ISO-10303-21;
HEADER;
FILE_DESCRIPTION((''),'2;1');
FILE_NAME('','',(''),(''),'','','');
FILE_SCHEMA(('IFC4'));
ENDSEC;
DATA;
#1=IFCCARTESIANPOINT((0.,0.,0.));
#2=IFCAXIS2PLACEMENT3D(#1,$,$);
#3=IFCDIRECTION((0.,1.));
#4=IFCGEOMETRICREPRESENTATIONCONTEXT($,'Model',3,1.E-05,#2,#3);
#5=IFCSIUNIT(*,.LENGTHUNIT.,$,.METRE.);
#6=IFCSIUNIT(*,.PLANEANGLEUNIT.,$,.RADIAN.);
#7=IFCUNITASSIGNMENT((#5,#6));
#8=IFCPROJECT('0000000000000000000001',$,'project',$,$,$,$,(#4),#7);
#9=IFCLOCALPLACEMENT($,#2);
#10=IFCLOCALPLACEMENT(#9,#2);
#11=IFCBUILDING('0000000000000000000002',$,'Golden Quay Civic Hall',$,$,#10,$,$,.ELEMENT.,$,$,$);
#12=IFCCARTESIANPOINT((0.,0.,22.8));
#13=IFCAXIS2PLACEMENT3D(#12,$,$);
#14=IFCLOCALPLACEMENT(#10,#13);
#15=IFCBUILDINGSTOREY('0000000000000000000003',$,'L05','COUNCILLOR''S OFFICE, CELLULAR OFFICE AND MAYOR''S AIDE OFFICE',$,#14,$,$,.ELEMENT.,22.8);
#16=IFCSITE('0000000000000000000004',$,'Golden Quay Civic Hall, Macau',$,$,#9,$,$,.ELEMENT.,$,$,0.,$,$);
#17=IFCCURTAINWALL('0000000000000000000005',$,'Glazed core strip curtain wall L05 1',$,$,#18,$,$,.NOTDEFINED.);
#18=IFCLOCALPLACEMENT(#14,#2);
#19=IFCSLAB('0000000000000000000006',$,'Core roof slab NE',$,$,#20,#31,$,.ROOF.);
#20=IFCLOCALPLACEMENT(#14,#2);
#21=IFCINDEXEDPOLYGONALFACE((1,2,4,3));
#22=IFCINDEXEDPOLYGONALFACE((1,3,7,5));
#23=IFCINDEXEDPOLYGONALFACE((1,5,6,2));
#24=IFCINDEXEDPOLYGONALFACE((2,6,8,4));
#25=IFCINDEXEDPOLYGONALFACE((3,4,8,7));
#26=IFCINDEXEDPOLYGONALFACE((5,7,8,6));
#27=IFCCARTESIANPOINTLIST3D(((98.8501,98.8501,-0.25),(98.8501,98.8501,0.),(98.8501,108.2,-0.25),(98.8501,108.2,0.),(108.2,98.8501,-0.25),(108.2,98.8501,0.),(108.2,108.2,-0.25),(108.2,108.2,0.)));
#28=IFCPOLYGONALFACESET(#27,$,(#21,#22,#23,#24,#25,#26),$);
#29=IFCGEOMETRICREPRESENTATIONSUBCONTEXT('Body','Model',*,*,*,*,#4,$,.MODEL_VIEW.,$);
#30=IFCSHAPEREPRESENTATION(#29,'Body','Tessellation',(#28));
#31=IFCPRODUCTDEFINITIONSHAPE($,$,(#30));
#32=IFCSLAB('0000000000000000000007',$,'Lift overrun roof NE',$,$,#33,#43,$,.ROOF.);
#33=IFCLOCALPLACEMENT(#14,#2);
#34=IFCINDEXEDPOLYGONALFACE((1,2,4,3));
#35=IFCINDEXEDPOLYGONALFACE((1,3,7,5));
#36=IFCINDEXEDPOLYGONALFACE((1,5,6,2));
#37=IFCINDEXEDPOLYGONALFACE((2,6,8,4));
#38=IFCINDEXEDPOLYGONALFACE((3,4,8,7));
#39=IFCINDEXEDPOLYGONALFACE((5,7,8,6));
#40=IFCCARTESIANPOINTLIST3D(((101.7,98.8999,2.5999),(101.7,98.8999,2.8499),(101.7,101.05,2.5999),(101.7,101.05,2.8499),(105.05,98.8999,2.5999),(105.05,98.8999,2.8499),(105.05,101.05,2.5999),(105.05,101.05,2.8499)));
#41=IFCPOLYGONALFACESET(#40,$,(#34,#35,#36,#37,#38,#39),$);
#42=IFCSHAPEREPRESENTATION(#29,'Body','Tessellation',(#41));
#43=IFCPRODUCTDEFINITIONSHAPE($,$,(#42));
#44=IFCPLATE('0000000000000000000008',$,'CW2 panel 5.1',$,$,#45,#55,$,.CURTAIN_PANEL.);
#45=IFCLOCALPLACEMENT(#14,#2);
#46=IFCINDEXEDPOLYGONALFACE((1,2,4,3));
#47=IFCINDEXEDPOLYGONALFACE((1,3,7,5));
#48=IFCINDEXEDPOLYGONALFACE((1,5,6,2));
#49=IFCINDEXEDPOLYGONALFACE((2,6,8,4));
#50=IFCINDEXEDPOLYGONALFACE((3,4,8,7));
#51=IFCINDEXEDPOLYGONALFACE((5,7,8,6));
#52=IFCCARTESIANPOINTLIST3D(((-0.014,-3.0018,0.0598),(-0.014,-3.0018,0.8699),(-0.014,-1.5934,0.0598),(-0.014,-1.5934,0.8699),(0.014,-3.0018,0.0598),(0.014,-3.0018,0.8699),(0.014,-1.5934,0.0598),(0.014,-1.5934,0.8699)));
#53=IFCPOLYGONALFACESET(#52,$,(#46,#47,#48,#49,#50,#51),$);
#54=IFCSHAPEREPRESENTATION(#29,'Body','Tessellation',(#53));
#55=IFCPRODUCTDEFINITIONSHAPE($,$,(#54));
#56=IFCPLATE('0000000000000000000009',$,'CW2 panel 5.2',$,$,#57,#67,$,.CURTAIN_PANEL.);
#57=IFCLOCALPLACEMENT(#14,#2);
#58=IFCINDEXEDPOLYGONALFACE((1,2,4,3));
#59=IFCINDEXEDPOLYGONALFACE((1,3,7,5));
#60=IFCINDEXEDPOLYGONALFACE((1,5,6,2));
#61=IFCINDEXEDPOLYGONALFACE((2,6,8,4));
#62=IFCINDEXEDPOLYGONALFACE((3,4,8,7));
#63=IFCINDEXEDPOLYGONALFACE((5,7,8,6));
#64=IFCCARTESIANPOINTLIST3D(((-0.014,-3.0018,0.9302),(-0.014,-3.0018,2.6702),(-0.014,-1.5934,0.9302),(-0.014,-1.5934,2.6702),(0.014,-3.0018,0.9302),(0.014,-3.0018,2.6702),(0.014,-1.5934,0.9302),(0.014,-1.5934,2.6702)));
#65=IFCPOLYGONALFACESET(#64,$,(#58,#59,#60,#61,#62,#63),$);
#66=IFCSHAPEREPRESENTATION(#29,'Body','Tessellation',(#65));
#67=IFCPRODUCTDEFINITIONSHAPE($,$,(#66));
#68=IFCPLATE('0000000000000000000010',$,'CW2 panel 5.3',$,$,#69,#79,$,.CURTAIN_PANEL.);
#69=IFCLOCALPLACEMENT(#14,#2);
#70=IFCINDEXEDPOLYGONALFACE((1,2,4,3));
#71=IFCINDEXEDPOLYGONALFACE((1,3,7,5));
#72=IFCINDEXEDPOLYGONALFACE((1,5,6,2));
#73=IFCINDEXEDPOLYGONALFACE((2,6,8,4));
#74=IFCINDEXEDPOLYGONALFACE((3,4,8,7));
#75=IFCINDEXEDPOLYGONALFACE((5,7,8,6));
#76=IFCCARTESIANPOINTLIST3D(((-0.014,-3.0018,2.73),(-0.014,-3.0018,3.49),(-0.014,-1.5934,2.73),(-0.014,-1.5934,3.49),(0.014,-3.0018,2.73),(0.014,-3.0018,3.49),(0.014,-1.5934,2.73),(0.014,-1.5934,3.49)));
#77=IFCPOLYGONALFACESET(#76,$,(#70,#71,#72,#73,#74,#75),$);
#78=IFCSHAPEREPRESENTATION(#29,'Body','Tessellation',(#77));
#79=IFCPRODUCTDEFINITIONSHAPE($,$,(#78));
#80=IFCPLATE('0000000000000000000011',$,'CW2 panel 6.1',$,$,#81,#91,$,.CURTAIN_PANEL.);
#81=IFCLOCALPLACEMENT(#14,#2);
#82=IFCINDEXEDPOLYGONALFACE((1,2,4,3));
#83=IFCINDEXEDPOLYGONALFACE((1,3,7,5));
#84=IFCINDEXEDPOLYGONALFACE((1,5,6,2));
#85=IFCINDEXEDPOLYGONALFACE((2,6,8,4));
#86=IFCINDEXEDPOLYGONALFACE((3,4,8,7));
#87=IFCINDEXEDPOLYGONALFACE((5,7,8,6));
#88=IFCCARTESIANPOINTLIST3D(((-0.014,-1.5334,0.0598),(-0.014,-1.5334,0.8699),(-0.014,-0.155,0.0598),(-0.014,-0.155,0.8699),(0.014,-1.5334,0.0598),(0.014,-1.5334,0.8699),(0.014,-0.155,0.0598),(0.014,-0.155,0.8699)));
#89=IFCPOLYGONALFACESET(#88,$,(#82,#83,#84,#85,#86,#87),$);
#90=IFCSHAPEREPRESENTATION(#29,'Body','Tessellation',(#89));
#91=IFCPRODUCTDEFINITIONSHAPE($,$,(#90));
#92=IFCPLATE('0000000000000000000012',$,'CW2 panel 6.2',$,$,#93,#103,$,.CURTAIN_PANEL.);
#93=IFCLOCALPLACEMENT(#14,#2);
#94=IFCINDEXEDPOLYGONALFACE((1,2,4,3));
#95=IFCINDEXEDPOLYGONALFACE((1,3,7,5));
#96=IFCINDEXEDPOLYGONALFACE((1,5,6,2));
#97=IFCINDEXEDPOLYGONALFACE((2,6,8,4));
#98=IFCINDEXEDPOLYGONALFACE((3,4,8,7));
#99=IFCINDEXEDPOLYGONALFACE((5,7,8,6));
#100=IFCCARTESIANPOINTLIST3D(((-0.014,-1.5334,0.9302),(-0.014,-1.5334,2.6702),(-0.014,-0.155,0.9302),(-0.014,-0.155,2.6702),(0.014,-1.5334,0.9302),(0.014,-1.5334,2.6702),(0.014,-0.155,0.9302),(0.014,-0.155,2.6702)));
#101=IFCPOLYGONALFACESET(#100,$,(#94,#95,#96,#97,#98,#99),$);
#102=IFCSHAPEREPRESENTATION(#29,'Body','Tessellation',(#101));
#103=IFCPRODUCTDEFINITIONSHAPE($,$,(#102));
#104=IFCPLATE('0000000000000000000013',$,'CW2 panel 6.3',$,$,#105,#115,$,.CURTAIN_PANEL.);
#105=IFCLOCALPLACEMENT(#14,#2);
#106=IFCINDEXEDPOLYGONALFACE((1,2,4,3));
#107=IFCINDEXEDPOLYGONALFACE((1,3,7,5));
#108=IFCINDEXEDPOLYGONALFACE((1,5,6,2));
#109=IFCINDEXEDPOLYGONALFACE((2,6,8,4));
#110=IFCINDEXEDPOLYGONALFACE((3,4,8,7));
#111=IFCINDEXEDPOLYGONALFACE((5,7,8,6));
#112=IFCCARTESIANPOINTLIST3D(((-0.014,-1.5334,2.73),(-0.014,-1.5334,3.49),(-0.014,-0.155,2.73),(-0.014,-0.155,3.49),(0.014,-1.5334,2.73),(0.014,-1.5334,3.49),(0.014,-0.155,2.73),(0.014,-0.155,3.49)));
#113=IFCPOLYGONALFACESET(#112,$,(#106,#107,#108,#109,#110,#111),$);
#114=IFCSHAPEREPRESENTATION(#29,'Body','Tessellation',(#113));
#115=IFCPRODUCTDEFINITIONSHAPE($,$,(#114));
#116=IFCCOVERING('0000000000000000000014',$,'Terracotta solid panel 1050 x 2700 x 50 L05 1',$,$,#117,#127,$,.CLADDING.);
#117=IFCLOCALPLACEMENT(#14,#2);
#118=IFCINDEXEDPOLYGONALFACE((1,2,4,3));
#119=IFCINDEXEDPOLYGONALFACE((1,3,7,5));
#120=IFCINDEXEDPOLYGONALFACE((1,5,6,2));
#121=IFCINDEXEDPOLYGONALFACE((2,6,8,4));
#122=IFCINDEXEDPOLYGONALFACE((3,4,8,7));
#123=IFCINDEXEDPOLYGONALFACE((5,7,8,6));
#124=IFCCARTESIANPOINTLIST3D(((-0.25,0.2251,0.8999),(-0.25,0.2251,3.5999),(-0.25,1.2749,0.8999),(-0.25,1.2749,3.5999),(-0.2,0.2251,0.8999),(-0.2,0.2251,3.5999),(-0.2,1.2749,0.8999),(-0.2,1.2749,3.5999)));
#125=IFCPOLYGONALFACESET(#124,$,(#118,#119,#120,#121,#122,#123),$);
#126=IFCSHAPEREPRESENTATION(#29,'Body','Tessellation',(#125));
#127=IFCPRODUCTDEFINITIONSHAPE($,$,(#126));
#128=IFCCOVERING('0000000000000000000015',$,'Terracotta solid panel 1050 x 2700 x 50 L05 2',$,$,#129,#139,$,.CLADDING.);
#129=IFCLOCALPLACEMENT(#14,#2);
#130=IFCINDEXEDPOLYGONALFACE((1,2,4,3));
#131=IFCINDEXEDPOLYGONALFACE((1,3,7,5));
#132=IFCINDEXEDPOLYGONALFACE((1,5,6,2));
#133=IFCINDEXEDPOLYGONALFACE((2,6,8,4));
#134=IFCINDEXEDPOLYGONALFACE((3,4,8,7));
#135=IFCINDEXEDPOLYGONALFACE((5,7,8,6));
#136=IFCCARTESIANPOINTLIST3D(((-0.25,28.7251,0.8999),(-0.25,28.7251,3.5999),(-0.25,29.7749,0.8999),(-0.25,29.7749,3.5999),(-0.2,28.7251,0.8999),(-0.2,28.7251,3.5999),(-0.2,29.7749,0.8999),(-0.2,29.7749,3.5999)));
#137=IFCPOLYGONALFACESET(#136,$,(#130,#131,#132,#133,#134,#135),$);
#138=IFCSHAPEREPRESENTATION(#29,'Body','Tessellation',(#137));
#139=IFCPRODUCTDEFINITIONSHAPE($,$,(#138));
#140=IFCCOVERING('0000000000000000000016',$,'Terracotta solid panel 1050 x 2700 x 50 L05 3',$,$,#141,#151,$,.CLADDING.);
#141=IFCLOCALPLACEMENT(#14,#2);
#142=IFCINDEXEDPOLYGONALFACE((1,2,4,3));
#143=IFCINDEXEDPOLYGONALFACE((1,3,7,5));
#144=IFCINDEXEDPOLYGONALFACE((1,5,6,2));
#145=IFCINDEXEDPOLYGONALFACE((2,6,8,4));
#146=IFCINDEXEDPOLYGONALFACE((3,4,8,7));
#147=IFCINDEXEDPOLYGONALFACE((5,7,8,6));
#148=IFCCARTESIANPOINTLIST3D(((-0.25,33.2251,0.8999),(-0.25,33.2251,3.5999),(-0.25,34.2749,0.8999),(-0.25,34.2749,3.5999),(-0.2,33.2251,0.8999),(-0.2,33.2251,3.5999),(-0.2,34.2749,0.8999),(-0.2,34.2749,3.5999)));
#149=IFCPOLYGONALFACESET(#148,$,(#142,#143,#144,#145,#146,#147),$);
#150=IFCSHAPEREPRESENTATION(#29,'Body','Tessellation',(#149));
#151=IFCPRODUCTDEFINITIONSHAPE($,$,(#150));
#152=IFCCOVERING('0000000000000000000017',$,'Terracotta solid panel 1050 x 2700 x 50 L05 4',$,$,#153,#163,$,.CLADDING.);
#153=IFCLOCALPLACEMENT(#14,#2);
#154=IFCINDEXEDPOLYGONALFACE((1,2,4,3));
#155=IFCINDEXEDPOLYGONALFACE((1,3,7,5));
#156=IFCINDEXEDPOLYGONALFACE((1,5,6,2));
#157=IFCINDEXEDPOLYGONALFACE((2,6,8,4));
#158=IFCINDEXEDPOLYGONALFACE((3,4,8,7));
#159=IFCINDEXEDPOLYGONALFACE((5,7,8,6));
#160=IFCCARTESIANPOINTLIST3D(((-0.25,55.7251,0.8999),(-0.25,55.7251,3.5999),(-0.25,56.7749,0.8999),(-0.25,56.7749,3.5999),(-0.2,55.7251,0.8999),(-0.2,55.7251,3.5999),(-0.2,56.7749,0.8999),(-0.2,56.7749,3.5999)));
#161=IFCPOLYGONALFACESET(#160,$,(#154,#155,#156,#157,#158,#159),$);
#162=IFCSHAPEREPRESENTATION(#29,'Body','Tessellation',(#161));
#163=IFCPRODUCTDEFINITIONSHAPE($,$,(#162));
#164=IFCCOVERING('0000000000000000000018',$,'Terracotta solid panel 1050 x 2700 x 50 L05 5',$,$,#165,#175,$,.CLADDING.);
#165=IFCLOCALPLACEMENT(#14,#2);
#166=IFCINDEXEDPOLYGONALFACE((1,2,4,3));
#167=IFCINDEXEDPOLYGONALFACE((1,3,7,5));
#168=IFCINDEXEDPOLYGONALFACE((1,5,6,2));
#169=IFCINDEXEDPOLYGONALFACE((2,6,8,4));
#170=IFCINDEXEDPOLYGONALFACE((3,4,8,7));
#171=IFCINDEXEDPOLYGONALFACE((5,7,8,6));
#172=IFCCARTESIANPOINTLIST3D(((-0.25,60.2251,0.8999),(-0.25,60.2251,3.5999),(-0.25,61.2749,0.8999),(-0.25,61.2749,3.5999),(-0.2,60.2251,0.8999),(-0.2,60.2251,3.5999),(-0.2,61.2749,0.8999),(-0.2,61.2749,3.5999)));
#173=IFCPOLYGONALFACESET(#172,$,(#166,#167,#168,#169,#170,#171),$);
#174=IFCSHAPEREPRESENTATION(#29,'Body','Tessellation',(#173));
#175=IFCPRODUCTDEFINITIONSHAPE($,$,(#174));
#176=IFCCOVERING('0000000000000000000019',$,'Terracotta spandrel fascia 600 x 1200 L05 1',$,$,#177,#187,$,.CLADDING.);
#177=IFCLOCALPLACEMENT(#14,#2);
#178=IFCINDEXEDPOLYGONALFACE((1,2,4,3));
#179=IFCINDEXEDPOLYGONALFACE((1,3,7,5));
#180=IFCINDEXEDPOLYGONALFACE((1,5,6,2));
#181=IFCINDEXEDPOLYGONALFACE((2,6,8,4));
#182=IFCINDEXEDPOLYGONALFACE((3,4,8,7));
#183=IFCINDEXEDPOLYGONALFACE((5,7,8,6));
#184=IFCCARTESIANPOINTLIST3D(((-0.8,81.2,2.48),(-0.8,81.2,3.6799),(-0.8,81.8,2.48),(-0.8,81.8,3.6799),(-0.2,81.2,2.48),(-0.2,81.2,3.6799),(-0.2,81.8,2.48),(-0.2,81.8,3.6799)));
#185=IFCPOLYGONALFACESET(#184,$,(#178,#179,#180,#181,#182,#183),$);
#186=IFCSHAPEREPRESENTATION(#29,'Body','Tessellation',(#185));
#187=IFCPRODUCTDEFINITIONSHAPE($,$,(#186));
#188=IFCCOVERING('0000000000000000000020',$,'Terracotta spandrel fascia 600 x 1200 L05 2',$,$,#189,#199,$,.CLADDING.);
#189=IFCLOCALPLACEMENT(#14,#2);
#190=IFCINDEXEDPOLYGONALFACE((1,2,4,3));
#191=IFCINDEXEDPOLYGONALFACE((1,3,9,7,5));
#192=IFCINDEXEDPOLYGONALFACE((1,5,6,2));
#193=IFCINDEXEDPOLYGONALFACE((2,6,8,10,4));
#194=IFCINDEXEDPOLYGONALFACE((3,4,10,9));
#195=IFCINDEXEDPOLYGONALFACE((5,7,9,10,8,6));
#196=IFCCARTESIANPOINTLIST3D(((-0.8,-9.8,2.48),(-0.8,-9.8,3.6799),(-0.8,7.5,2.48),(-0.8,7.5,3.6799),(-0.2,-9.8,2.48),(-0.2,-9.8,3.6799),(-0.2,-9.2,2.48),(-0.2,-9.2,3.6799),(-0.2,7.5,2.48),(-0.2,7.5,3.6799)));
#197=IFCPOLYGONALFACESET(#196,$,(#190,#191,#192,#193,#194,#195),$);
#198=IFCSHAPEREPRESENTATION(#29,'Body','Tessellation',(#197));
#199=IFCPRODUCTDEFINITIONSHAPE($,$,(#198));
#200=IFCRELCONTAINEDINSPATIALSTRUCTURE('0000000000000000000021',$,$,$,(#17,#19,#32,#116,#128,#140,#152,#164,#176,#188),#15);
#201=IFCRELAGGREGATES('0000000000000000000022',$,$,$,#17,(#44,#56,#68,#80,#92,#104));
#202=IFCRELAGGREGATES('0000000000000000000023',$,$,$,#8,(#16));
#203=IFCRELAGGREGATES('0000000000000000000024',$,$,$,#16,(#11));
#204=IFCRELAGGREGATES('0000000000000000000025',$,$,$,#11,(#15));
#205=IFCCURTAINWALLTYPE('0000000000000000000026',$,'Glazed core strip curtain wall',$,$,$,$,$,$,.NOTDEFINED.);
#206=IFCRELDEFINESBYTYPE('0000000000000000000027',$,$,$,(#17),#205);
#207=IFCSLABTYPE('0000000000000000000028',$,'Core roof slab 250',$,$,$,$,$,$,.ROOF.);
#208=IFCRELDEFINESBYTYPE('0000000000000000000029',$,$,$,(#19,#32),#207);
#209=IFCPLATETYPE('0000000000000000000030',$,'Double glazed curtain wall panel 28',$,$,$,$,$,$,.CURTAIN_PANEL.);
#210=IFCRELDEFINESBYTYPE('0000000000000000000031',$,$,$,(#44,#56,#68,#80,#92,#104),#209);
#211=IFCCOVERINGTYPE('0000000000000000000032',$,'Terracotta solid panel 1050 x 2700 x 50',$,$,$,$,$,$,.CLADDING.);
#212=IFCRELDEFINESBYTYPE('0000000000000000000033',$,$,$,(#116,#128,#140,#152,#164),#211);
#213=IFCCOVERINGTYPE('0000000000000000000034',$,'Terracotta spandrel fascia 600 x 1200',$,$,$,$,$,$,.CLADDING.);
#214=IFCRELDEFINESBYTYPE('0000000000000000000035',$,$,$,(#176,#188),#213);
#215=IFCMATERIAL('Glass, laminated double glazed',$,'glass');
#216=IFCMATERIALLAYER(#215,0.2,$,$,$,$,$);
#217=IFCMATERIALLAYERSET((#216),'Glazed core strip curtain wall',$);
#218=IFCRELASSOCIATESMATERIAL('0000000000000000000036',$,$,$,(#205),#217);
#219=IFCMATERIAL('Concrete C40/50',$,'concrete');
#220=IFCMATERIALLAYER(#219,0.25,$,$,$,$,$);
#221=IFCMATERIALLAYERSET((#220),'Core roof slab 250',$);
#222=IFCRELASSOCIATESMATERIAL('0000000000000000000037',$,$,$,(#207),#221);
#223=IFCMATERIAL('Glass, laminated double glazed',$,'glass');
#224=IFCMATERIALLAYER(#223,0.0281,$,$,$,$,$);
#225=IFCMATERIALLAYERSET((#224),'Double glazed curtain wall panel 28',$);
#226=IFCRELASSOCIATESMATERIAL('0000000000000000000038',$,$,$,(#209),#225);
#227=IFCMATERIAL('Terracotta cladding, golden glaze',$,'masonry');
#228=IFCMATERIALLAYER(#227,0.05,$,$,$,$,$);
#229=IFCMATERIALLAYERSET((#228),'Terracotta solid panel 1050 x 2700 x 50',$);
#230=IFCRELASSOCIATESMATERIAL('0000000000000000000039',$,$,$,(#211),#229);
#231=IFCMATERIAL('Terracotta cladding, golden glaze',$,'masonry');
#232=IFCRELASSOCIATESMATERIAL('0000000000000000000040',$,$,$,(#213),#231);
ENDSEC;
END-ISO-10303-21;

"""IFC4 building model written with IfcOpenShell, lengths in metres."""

from ifc_helpers import new_model, si_unit, direction, frame, origin, origin_2d, place, context, subcontext, project, spatial, polyline, rectangle, outline, extrude, material, layer, layer_set, type_object, element, aggregate, save


model = new_model("IFC4")

# Units and contexts
model_context = context("Model", 3, precision=1e-05, world=origin(), true_north=direction((0.0, 1.0)))
body_context = subcontext(model_context, "Body", "Model", "MODEL_VIEW")
ifc_project = project(units=[si_unit("LENGTHUNIT", "METRE"), si_unit("PLANEANGLEUNIT", "RADIAN")], contexts=[model_context])

# Site, building, storey
site_placement = place(None, origin())
site = spatial("IfcSite", under=ifc_project, at=site_placement, Name="Golden Quay Civic Hall, Macau", CompositionType="ELEMENT", RefElevation=0.0)
building_placement = place(site_placement, origin())
building = spatial("IfcBuilding", under=site, at=building_placement, Name="Golden Quay Civic Hall", CompositionType="ELEMENT")
storey_placement = place(building_placement, frame((0.0, 0.0, 22.8)))
storey = spatial("IfcBuildingStorey", under=building, at=storey_placement, Name="L05", Description="COUNCILLOR'S OFFICE, CELLULAR OFFICE AND MAYOR'S AIDE OFFICE", CompositionType="ELEMENT", Elevation=22.8)

# Curtain wall
ifc_material_1 = material(Name="Glass, laminated double glazed", Category="glass")
ifc_layer_1 = layer(ifc_material_1, 0.2)
ifc_layer_set_1 = layer_set([ifc_layer_1], Name="Glazed core strip curtain wall")
curtain_wall_type = type_object("IfcCurtainWallType", Name="Glazed core strip curtain wall", PredefinedType="NOTDEFINED", material=ifc_layer_set_1)
curtain_wall_placement = place(storey_placement, origin())
curtain_wall = element("IfcCurtainWall", 1, at=curtain_wall_placement, inside=storey, type_object=curtain_wall_type, Name="Glazed core strip curtain wall L05 1", PredefinedType="NOTDEFINED")

# Slabs
ifc_material_2 = material(Name="Concrete C40/50", Category="concrete")
ifc_layer_2 = layer(ifc_material_2, 0.25)
ifc_layer_set_2 = layer_set([ifc_layer_2], Name="Core roof slab 250")
slab_type_1 = type_object("IfcSlabType", Name="Core roof slab 250", PredefinedType="ROOF", material=ifc_layer_set_2)
slab_1_placement = place(storey_placement, frame((0.0, 0.0, -0.25)))
element("IfcSlab", 2, at=slab_1_placement, inside=storey, type_object=slab_type_1, Name="Core roof slab NE", PredefinedType="ROOF", context=body_context, shape_type="SweptSolid", body=[
    extrude(outline(polyline([(98.8501, 98.8501), (108.2, 98.8501), (108.2, 108.2), (98.8501, 108.2), (98.8501, 98.8501)])), origin(), (0.0, 0.0, 1.0), 0.25),
])
slab_2_placement = place(storey_placement, frame((0.0, 0.0, 2.5999)))
element("IfcSlab", 3, at=slab_2_placement, inside=storey, type_object=slab_type_1, Name="Lift overrun roof NE", PredefinedType="ROOF", context=body_context, shape_type="SweptSolid", body=[
    extrude(outline(polyline([(101.7, 98.8999), (105.05, 98.8999), (105.05, 101.05), (101.7, 101.05), (101.7, 98.8999)])), origin(), (0.0, 0.0, 1.0), 0.25),
])

# Plates
ifc_material_3 = material(Name="Glass, laminated double glazed", Category="glass")
ifc_layer_3 = layer(ifc_material_3, 0.0281)
ifc_layer_set_3 = layer_set([ifc_layer_3], Name="Double glazed curtain wall panel 28")
plate_type = type_object("IfcPlateType", Name="Double glazed curtain wall panel 28", PredefinedType="CURTAIN_PANEL", material=ifc_layer_set_3)
plate_1_placement = place(storey_placement, frame((0.0, -2.2976, 0.0598), z_axis=(0.0, 0.0, 1.0), x_axis=(0.0, 1.0, 0.0)))
plate_1 = element("IfcPlate", 4, at=plate_1_placement, type_object=plate_type, Name="CW2 panel 5.1", PredefinedType="CURTAIN_PANEL", context=body_context, shape_type="SweptSolid", body=[
    extrude(rectangle(XDim=1.4084, YDim=0.0281, at=origin_2d()), origin(), (0.0, 0.0, 1.0), 0.8101),
])
plate_2_placement = place(storey_placement, frame((0.0, -2.2976, 0.9302), z_axis=(0.0, 0.0, 1.0), x_axis=(0.0, 1.0, 0.0)))
plate_2 = element("IfcPlate", 5, at=plate_2_placement, type_object=plate_type, Name="CW2 panel 5.2", PredefinedType="CURTAIN_PANEL", context=body_context, shape_type="SweptSolid", body=[
    extrude(rectangle(XDim=1.4084, YDim=0.0281, at=origin_2d()), origin(), (0.0, 0.0, 1.0), 1.74),
])
plate_3_placement = place(storey_placement, frame((0.0, -2.2976, 2.73), z_axis=(0.0, 0.0, 1.0), x_axis=(0.0, 1.0, 0.0)))
plate_3 = element("IfcPlate", 6, at=plate_3_placement, type_object=plate_type, Name="CW2 panel 5.3", PredefinedType="CURTAIN_PANEL", context=body_context, shape_type="SweptSolid", body=[
    extrude(rectangle(XDim=1.4084, YDim=0.0281, at=origin_2d()), origin(), (0.0, 0.0, 1.0), 0.76),
])
plate_4_placement = place(storey_placement, frame((0.0, -0.8442, 0.0598), z_axis=(0.0, 0.0, 1.0), x_axis=(0.0, 1.0, 0.0)))
plate_4 = element("IfcPlate", 7, at=plate_4_placement, type_object=plate_type, Name="CW2 panel 6.1", PredefinedType="CURTAIN_PANEL", context=body_context, shape_type="SweptSolid", body=[
    extrude(rectangle(XDim=1.3784, YDim=0.0281, at=origin_2d()), origin(), (0.0, 0.0, 1.0), 0.8101),
])
plate_5_placement = place(storey_placement, frame((0.0, -0.8442, 0.9302), z_axis=(0.0, 0.0, 1.0), x_axis=(0.0, 1.0, 0.0)))
plate_5 = element("IfcPlate", 8, at=plate_5_placement, type_object=plate_type, Name="CW2 panel 6.2", PredefinedType="CURTAIN_PANEL", context=body_context, shape_type="SweptSolid", body=[
    extrude(rectangle(XDim=1.3784, YDim=0.0281, at=origin_2d()), origin(), (0.0, 0.0, 1.0), 1.74),
])
plate_6_placement = place(storey_placement, frame((0.0, -0.8442, 2.73), z_axis=(0.0, 0.0, 1.0), x_axis=(0.0, 1.0, 0.0)))
plate_6 = element("IfcPlate", 9, at=plate_6_placement, type_object=plate_type, Name="CW2 panel 6.3", PredefinedType="CURTAIN_PANEL", context=body_context, shape_type="SweptSolid", body=[
    extrude(rectangle(XDim=1.3784, YDim=0.0281, at=origin_2d()), origin(), (0.0, 0.0, 1.0), 0.76),
])
aggregate(curtain_wall, [plate_1, plate_2, plate_3, plate_4, plate_5, plate_6])

# Coverings
ifc_material_4 = material(Name="Terracotta cladding, golden glaze", Category="masonry")
ifc_layer_4 = layer(ifc_material_4, 0.05)
ifc_layer_set_4 = layer_set([ifc_layer_4], Name="Terracotta solid panel 1050 x 2700 x 50")
covering_type_1 = type_object("IfcCoveringType", Name="Terracotta solid panel 1050 x 2700 x 50", PredefinedType="CLADDING", material=ifc_layer_set_4)
covering_1_placement = place(storey_placement, frame((0.0, 0.0, 0.8999)))
element("IfcCovering", 10, at=covering_1_placement, inside=storey, type_object=covering_type_1, Name="Terracotta solid panel 1050 x 2700 x 50 L05 1", PredefinedType="CLADDING", context=body_context, shape_type="SweptSolid", body=[
    extrude(outline(polyline([(-0.2, 0.2251), (-0.2, 1.2749), (-0.25, 1.2749), (-0.25, 0.2251), (-0.2, 0.2251)])), origin(), (0.0, 0.0, 1.0), 2.7),
])
covering_2_placement = place(storey_placement, frame((0.0, 0.0, 0.8999)))
element("IfcCovering", 11, at=covering_2_placement, inside=storey, type_object=covering_type_1, Name="Terracotta solid panel 1050 x 2700 x 50 L05 2", PredefinedType="CLADDING", context=body_context, shape_type="SweptSolid", body=[
    extrude(outline(polyline([(-0.2, 28.7251), (-0.2, 29.7749), (-0.25, 29.7749), (-0.25, 28.7251), (-0.2, 28.7251)])), origin(), (0.0, 0.0, 1.0), 2.7),
])
covering_3_placement = place(storey_placement, frame((0.0, 0.0, 0.8999)))
element("IfcCovering", 12, at=covering_3_placement, inside=storey, type_object=covering_type_1, Name="Terracotta solid panel 1050 x 2700 x 50 L05 3", PredefinedType="CLADDING", context=body_context, shape_type="SweptSolid", body=[
    extrude(outline(polyline([(-0.2, 33.2251), (-0.2, 34.2749), (-0.25, 34.2749), (-0.25, 33.2251), (-0.2, 33.2251)])), origin(), (0.0, 0.0, 1.0), 2.7),
])
covering_4_placement = place(storey_placement, frame((0.0, 0.0, 0.8999)))
element("IfcCovering", 13, at=covering_4_placement, inside=storey, type_object=covering_type_1, Name="Terracotta solid panel 1050 x 2700 x 50 L05 4", PredefinedType="CLADDING", context=body_context, shape_type="SweptSolid", body=[
    extrude(outline(polyline([(-0.2, 55.7251), (-0.2, 56.7749), (-0.25, 56.7749), (-0.25, 55.7251), (-0.2, 55.7251)])), origin(), (0.0, 0.0, 1.0), 2.7),
])
covering_5_placement = place(storey_placement, frame((0.0, 0.0, 0.8999)))
element("IfcCovering", 14, at=covering_5_placement, inside=storey, type_object=covering_type_1, Name="Terracotta solid panel 1050 x 2700 x 50 L05 5", PredefinedType="CLADDING", context=body_context, shape_type="SweptSolid", body=[
    extrude(outline(polyline([(-0.2, 60.2251), (-0.2, 61.2749), (-0.25, 61.2749), (-0.25, 60.2251), (-0.2, 60.2251)])), origin(), (0.0, 0.0, 1.0), 2.7),
])
ifc_material_5 = material(Name="Terracotta cladding, golden glaze", Category="masonry")
covering_type_2 = type_object("IfcCoveringType", Name="Terracotta spandrel fascia 600 x 1200", PredefinedType="CLADDING", material=ifc_material_5)
covering_6_placement = place(storey_placement, frame((0.0, 0.0, 2.48)))
element("IfcCovering", 15, at=covering_6_placement, inside=storey, type_object=covering_type_2, Name="Terracotta spandrel fascia 600 x 1200 L05 1", PredefinedType="CLADDING", context=body_context, shape_type="SweptSolid", body=[
    extrude(outline(polyline([(-0.8, 81.2), (-0.8, 81.8), (-0.2, 81.8), (-0.2, 81.2), (-0.8, 81.2)])), origin(), (0.0, 0.0, 1.0), 1.2),
])
covering_7_placement = place(storey_placement, frame((0.0, 0.0, 2.48)))
element("IfcCovering", 16, at=covering_7_placement, inside=storey, type_object=covering_type_2, Name="Terracotta spandrel fascia 600 x 1200 L05 2", PredefinedType="CLADDING", context=body_context, shape_type="SweptSolid", body=[
    extrude(outline(polyline([(-0.2, -9.2), (-0.2, -9.8), (-0.8, -9.8), (-0.8, 7.5), (-0.2, 7.5), (-0.2, -9.2)])), origin(), (0.0, 0.0, 1.0), 1.2),
])

save(model, "model.ifc")
